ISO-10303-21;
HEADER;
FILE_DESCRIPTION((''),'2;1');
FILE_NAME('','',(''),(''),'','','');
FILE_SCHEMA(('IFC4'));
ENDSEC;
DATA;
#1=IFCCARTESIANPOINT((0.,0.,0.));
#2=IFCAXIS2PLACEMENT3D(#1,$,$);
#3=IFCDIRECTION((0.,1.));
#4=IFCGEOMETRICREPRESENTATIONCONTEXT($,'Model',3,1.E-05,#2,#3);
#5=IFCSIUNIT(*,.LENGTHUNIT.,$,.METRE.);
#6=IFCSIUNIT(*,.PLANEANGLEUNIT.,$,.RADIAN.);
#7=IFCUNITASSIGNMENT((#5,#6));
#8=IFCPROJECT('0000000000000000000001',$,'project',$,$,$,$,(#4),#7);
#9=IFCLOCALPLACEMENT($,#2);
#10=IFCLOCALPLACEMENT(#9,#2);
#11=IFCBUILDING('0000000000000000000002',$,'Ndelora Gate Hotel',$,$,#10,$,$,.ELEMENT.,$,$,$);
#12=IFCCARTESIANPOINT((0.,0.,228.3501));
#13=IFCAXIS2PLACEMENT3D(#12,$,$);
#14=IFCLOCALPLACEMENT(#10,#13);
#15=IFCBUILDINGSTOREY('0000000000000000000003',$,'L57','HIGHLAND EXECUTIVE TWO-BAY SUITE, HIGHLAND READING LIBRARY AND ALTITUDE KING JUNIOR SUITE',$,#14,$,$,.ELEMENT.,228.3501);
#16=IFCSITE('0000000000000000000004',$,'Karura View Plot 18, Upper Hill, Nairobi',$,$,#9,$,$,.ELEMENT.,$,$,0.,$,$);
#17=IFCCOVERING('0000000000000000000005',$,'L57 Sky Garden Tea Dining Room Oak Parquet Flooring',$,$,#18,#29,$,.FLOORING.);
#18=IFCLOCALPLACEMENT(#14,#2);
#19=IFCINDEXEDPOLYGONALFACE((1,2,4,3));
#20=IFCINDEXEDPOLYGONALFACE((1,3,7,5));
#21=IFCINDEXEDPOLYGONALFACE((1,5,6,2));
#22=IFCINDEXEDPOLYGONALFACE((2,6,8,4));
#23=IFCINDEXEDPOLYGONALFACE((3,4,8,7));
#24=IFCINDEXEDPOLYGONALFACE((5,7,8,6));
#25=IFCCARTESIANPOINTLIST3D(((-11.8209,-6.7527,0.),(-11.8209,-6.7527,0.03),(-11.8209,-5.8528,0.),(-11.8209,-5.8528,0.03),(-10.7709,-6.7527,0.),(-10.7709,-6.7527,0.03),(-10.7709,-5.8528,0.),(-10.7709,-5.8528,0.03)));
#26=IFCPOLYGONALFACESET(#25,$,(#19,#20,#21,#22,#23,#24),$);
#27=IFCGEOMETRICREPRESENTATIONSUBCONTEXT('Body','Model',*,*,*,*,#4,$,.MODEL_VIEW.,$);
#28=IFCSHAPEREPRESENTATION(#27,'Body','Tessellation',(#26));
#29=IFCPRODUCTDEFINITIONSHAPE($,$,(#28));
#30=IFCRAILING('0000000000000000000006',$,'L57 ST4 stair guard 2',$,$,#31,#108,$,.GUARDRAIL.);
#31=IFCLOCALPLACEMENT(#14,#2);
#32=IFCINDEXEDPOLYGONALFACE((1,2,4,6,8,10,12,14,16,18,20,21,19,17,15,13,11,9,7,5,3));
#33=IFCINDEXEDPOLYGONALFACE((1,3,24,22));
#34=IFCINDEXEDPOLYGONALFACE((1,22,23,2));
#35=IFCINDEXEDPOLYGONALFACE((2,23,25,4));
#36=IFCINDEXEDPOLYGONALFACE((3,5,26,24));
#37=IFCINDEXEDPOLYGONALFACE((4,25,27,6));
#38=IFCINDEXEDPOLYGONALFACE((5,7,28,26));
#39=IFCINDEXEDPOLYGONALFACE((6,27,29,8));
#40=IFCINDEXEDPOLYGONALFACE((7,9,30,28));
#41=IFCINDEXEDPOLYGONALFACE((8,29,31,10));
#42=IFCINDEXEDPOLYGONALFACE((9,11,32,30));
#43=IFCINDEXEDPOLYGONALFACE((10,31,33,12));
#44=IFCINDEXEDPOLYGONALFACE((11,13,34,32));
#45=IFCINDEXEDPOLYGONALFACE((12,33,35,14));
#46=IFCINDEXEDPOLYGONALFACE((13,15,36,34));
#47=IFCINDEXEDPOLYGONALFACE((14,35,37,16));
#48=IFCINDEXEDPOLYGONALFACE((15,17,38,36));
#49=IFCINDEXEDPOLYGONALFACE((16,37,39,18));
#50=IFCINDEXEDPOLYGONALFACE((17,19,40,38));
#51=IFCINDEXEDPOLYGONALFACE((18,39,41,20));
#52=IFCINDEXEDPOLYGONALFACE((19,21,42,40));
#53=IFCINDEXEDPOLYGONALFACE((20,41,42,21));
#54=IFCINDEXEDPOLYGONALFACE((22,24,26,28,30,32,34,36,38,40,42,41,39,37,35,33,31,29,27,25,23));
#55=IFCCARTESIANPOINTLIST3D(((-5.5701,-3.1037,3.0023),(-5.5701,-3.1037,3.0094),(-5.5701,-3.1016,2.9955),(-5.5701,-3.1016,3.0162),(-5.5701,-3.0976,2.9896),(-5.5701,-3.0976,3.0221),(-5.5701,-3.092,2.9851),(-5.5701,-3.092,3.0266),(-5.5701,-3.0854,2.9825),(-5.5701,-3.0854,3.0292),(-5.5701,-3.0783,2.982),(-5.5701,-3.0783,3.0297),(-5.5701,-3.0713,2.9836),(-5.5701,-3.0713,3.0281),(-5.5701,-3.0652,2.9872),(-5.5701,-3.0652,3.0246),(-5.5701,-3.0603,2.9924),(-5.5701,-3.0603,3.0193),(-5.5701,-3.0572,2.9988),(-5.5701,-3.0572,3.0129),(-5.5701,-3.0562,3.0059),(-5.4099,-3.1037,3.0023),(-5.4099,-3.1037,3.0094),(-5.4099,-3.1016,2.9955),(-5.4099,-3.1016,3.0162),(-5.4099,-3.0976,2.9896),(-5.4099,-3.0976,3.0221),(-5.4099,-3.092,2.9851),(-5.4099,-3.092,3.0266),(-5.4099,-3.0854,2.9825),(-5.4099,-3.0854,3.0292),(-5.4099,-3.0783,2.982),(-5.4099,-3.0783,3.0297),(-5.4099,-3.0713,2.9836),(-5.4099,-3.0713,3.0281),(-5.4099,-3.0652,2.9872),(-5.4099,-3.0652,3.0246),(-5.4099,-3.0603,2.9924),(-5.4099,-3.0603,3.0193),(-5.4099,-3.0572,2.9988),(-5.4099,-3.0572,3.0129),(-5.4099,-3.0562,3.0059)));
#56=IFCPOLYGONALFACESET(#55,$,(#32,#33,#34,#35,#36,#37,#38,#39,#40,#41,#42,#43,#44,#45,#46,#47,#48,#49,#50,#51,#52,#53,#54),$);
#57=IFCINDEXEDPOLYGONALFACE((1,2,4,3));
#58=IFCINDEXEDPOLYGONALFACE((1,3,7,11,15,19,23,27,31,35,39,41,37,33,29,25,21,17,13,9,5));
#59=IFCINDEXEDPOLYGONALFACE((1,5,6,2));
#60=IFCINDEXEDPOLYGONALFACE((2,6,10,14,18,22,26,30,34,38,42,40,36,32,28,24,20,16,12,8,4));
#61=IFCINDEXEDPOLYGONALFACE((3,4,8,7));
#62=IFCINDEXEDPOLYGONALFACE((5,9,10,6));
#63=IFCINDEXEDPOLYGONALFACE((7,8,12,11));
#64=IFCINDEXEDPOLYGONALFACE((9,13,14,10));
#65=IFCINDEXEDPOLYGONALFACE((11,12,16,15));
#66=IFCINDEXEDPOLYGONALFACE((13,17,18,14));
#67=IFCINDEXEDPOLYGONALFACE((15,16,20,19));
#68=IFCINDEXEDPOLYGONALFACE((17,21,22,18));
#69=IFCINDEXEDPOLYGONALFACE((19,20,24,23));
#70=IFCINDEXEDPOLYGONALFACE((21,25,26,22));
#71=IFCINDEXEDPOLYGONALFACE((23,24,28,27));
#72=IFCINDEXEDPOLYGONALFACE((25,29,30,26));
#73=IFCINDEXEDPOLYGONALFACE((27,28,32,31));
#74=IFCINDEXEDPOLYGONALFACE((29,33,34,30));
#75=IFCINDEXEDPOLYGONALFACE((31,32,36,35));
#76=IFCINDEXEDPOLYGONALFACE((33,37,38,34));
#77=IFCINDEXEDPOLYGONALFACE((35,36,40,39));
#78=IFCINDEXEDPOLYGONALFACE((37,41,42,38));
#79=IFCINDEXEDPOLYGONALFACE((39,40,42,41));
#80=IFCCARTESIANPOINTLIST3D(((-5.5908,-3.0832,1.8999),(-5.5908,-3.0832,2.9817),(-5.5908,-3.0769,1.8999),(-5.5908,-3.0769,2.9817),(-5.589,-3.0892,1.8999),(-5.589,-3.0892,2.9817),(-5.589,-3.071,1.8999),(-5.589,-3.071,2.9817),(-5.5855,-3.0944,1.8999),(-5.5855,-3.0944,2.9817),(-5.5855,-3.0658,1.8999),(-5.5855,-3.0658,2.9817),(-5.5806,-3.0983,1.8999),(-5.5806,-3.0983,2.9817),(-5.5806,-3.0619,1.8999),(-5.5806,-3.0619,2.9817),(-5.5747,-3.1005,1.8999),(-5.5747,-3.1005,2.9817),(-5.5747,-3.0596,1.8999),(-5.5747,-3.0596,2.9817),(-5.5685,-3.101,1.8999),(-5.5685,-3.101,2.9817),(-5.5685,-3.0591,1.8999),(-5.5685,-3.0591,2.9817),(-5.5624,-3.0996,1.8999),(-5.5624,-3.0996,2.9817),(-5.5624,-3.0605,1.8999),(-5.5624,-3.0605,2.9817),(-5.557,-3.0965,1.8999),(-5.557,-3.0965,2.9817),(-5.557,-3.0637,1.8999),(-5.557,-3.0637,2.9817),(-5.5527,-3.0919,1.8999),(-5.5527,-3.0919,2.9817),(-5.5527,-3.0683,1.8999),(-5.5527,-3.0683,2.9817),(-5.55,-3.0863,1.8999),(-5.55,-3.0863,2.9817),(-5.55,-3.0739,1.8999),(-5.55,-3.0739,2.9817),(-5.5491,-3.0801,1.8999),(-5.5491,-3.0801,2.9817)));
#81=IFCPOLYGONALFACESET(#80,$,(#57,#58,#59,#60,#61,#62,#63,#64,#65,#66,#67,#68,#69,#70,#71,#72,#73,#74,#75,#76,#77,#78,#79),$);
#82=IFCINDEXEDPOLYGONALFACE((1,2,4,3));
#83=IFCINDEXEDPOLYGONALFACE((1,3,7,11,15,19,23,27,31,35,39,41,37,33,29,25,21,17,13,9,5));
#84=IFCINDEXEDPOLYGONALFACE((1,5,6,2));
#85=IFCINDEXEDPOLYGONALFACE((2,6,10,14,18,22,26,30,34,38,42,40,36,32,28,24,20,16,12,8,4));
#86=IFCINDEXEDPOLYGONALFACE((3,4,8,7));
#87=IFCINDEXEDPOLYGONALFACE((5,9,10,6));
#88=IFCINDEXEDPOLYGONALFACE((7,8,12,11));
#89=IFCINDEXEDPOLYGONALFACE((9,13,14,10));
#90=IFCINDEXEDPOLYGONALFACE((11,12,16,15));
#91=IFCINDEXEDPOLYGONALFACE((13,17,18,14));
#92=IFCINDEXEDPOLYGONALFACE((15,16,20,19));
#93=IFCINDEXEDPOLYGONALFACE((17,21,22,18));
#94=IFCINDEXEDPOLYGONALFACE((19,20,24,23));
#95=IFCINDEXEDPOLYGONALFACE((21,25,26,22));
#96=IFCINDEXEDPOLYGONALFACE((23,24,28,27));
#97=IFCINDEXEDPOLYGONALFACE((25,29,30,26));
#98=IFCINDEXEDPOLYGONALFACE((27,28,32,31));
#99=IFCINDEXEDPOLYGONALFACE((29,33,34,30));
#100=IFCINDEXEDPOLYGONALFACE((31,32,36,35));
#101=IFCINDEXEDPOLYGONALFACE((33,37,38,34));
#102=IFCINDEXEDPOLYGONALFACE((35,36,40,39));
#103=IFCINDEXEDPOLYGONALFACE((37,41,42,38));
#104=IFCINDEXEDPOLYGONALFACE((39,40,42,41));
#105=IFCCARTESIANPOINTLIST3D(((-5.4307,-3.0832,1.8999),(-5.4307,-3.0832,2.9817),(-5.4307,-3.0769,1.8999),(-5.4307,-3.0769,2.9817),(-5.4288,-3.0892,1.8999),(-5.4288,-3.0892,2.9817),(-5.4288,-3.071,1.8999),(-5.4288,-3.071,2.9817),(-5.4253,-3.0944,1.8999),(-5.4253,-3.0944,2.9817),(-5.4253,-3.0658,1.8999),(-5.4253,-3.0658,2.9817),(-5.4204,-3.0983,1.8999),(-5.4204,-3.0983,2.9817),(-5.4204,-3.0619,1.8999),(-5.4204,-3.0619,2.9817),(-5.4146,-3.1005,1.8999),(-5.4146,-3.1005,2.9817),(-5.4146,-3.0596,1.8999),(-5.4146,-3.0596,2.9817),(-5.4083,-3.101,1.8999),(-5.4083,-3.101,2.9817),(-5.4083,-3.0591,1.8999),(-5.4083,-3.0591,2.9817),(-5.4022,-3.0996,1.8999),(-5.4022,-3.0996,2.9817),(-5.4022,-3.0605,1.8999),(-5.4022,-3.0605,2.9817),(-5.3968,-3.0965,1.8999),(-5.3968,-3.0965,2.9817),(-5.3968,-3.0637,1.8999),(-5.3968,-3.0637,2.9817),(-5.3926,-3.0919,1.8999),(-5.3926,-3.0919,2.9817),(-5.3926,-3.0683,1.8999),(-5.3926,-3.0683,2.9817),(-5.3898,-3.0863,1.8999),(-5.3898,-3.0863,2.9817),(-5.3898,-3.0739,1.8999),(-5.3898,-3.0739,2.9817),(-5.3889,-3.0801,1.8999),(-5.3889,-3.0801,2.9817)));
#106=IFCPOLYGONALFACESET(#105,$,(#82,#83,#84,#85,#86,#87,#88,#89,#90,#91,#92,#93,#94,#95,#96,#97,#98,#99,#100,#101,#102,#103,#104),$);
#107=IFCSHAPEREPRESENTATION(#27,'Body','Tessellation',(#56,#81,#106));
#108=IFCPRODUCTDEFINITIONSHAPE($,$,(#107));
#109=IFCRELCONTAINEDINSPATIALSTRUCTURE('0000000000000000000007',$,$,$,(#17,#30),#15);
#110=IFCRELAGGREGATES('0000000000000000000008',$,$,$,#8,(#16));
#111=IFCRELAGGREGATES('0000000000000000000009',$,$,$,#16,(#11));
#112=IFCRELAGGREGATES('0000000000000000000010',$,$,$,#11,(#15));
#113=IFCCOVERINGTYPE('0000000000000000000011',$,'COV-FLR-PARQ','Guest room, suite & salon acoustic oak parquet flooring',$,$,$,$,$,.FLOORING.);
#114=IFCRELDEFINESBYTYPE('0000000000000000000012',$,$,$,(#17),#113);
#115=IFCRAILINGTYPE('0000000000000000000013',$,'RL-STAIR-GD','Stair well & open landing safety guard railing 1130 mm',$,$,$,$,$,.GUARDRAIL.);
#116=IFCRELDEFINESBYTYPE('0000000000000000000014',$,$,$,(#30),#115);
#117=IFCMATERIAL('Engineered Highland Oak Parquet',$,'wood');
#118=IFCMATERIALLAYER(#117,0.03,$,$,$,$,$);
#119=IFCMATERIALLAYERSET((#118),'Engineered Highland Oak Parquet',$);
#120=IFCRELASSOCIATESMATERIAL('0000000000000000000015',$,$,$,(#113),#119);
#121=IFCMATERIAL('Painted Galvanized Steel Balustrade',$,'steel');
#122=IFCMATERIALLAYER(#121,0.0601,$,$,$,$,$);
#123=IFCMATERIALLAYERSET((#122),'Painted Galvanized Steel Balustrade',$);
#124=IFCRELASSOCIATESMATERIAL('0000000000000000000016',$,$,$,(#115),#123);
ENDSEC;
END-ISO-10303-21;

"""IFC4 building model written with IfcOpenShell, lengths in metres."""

from ifc_helpers import new_model, si_unit, direction, frame, origin, origin_2d, place, context, subcontext, project, spatial, rectangle, circle, extrude, material, layer, layer_set, type_object, element, save


model = new_model("IFC4")

# Units and contexts
model_context = context("Model", 3, precision=1e-05, world=origin(), true_north=direction((0.0, 1.0)))
body_context = subcontext(model_context, "Body", "Model", "MODEL_VIEW")
ifc_project = project(units=[si_unit("LENGTHUNIT", "METRE"), si_unit("PLANEANGLEUNIT", "RADIAN")], contexts=[model_context])

# Site, building, storey
site_placement = place(None, origin())
site = spatial("IfcSite", under=ifc_project, at=site_placement, Name="Karura View Plot 18, Upper Hill, Nairobi", CompositionType="ELEMENT", RefElevation=0.0)
building_placement = place(site_placement, origin())
building = spatial("IfcBuilding", under=site, at=building_placement, Name="Ndelora Gate Hotel", CompositionType="ELEMENT")
storey_placement = place(building_placement, frame((0.0, 0.0, 228.3501)))
storey = spatial("IfcBuildingStorey", under=building, at=storey_placement, Name="L57", Description="HIGHLAND EXECUTIVE TWO-BAY SUITE, HIGHLAND READING LIBRARY AND ALTITUDE KING JUNIOR SUITE", CompositionType="ELEMENT", Elevation=228.3501)

# Covering
ifc_material_1 = material(Name="Engineered Highland Oak Parquet", Category="wood")
ifc_layer_1 = layer(ifc_material_1, 0.03)
ifc_layer_set_1 = layer_set([ifc_layer_1], Name="Engineered Highland Oak Parquet")
covering_type = type_object("IfcCoveringType", Name="COV-FLR-PARQ", Description="Guest room, suite & salon acoustic oak parquet flooring", PredefinedType="FLOORING", material=ifc_layer_set_1)
covering_placement = place(storey_placement, frame((-11.2959, -6.3027, 0.0), z_axis=(0.0, 0.0, 1.0), x_axis=(1.0, 0.0, 0.0)))
element("IfcCovering", 1, at=covering_placement, inside=storey, type_object=covering_type, Name="L57 Sky Garden Tea Dining Room Oak Parquet Flooring", PredefinedType="FLOORING", context=body_context, shape_type="SweptSolid", body=[
    extrude(rectangle(XDim=1.05, YDim=0.8999, at=origin_2d()), origin(), (0.0, 0.0, 1.0), 0.03),
])

# Railing
ifc_material_2 = material(Name="Painted Galvanized Steel Balustrade", Category="steel")
ifc_layer_2 = layer(ifc_material_2, 0.0601)
ifc_layer_set_2 = layer_set([ifc_layer_2], Name="Painted Galvanized Steel Balustrade")
railing_type = type_object("IfcRailingType", Name="RL-STAIR-GD", Description="Stair well & open landing safety guard railing 1130 mm", PredefinedType="GUARDRAIL", material=ifc_layer_set_2)
railing_1_placement = place(storey_placement, frame((-5.5701, -3.0801, 1.8999)))
element("IfcRailing", 2, at=railing_1_placement, inside=storey, type_object=railing_type, Name="L57 ST4 stair guard 2", PredefinedType="GUARDRAIL", context=body_context, shape_type="SweptSolid", body=[
    extrude(circle(Radius=0.0239, at=origin_2d()), frame((0.0, 0.0, 1.106), z_axis=(1.0, 0.0, 0.0), x_axis=(0.0, 1.0, 0.0)), (0.0, 0.0, 1.0), 0.1602),
    extrude(circle(Radius=0.021, at=origin_2d()), origin(), (0.0, 0.0, 1.0), 1.0818),
    extrude(circle(Radius=0.021, at=origin_2d()), frame((0.1602, 0.0, 0.0)), (0.0, 0.0, 1.0), 1.0818),
])

save(model, "model.ifc")
